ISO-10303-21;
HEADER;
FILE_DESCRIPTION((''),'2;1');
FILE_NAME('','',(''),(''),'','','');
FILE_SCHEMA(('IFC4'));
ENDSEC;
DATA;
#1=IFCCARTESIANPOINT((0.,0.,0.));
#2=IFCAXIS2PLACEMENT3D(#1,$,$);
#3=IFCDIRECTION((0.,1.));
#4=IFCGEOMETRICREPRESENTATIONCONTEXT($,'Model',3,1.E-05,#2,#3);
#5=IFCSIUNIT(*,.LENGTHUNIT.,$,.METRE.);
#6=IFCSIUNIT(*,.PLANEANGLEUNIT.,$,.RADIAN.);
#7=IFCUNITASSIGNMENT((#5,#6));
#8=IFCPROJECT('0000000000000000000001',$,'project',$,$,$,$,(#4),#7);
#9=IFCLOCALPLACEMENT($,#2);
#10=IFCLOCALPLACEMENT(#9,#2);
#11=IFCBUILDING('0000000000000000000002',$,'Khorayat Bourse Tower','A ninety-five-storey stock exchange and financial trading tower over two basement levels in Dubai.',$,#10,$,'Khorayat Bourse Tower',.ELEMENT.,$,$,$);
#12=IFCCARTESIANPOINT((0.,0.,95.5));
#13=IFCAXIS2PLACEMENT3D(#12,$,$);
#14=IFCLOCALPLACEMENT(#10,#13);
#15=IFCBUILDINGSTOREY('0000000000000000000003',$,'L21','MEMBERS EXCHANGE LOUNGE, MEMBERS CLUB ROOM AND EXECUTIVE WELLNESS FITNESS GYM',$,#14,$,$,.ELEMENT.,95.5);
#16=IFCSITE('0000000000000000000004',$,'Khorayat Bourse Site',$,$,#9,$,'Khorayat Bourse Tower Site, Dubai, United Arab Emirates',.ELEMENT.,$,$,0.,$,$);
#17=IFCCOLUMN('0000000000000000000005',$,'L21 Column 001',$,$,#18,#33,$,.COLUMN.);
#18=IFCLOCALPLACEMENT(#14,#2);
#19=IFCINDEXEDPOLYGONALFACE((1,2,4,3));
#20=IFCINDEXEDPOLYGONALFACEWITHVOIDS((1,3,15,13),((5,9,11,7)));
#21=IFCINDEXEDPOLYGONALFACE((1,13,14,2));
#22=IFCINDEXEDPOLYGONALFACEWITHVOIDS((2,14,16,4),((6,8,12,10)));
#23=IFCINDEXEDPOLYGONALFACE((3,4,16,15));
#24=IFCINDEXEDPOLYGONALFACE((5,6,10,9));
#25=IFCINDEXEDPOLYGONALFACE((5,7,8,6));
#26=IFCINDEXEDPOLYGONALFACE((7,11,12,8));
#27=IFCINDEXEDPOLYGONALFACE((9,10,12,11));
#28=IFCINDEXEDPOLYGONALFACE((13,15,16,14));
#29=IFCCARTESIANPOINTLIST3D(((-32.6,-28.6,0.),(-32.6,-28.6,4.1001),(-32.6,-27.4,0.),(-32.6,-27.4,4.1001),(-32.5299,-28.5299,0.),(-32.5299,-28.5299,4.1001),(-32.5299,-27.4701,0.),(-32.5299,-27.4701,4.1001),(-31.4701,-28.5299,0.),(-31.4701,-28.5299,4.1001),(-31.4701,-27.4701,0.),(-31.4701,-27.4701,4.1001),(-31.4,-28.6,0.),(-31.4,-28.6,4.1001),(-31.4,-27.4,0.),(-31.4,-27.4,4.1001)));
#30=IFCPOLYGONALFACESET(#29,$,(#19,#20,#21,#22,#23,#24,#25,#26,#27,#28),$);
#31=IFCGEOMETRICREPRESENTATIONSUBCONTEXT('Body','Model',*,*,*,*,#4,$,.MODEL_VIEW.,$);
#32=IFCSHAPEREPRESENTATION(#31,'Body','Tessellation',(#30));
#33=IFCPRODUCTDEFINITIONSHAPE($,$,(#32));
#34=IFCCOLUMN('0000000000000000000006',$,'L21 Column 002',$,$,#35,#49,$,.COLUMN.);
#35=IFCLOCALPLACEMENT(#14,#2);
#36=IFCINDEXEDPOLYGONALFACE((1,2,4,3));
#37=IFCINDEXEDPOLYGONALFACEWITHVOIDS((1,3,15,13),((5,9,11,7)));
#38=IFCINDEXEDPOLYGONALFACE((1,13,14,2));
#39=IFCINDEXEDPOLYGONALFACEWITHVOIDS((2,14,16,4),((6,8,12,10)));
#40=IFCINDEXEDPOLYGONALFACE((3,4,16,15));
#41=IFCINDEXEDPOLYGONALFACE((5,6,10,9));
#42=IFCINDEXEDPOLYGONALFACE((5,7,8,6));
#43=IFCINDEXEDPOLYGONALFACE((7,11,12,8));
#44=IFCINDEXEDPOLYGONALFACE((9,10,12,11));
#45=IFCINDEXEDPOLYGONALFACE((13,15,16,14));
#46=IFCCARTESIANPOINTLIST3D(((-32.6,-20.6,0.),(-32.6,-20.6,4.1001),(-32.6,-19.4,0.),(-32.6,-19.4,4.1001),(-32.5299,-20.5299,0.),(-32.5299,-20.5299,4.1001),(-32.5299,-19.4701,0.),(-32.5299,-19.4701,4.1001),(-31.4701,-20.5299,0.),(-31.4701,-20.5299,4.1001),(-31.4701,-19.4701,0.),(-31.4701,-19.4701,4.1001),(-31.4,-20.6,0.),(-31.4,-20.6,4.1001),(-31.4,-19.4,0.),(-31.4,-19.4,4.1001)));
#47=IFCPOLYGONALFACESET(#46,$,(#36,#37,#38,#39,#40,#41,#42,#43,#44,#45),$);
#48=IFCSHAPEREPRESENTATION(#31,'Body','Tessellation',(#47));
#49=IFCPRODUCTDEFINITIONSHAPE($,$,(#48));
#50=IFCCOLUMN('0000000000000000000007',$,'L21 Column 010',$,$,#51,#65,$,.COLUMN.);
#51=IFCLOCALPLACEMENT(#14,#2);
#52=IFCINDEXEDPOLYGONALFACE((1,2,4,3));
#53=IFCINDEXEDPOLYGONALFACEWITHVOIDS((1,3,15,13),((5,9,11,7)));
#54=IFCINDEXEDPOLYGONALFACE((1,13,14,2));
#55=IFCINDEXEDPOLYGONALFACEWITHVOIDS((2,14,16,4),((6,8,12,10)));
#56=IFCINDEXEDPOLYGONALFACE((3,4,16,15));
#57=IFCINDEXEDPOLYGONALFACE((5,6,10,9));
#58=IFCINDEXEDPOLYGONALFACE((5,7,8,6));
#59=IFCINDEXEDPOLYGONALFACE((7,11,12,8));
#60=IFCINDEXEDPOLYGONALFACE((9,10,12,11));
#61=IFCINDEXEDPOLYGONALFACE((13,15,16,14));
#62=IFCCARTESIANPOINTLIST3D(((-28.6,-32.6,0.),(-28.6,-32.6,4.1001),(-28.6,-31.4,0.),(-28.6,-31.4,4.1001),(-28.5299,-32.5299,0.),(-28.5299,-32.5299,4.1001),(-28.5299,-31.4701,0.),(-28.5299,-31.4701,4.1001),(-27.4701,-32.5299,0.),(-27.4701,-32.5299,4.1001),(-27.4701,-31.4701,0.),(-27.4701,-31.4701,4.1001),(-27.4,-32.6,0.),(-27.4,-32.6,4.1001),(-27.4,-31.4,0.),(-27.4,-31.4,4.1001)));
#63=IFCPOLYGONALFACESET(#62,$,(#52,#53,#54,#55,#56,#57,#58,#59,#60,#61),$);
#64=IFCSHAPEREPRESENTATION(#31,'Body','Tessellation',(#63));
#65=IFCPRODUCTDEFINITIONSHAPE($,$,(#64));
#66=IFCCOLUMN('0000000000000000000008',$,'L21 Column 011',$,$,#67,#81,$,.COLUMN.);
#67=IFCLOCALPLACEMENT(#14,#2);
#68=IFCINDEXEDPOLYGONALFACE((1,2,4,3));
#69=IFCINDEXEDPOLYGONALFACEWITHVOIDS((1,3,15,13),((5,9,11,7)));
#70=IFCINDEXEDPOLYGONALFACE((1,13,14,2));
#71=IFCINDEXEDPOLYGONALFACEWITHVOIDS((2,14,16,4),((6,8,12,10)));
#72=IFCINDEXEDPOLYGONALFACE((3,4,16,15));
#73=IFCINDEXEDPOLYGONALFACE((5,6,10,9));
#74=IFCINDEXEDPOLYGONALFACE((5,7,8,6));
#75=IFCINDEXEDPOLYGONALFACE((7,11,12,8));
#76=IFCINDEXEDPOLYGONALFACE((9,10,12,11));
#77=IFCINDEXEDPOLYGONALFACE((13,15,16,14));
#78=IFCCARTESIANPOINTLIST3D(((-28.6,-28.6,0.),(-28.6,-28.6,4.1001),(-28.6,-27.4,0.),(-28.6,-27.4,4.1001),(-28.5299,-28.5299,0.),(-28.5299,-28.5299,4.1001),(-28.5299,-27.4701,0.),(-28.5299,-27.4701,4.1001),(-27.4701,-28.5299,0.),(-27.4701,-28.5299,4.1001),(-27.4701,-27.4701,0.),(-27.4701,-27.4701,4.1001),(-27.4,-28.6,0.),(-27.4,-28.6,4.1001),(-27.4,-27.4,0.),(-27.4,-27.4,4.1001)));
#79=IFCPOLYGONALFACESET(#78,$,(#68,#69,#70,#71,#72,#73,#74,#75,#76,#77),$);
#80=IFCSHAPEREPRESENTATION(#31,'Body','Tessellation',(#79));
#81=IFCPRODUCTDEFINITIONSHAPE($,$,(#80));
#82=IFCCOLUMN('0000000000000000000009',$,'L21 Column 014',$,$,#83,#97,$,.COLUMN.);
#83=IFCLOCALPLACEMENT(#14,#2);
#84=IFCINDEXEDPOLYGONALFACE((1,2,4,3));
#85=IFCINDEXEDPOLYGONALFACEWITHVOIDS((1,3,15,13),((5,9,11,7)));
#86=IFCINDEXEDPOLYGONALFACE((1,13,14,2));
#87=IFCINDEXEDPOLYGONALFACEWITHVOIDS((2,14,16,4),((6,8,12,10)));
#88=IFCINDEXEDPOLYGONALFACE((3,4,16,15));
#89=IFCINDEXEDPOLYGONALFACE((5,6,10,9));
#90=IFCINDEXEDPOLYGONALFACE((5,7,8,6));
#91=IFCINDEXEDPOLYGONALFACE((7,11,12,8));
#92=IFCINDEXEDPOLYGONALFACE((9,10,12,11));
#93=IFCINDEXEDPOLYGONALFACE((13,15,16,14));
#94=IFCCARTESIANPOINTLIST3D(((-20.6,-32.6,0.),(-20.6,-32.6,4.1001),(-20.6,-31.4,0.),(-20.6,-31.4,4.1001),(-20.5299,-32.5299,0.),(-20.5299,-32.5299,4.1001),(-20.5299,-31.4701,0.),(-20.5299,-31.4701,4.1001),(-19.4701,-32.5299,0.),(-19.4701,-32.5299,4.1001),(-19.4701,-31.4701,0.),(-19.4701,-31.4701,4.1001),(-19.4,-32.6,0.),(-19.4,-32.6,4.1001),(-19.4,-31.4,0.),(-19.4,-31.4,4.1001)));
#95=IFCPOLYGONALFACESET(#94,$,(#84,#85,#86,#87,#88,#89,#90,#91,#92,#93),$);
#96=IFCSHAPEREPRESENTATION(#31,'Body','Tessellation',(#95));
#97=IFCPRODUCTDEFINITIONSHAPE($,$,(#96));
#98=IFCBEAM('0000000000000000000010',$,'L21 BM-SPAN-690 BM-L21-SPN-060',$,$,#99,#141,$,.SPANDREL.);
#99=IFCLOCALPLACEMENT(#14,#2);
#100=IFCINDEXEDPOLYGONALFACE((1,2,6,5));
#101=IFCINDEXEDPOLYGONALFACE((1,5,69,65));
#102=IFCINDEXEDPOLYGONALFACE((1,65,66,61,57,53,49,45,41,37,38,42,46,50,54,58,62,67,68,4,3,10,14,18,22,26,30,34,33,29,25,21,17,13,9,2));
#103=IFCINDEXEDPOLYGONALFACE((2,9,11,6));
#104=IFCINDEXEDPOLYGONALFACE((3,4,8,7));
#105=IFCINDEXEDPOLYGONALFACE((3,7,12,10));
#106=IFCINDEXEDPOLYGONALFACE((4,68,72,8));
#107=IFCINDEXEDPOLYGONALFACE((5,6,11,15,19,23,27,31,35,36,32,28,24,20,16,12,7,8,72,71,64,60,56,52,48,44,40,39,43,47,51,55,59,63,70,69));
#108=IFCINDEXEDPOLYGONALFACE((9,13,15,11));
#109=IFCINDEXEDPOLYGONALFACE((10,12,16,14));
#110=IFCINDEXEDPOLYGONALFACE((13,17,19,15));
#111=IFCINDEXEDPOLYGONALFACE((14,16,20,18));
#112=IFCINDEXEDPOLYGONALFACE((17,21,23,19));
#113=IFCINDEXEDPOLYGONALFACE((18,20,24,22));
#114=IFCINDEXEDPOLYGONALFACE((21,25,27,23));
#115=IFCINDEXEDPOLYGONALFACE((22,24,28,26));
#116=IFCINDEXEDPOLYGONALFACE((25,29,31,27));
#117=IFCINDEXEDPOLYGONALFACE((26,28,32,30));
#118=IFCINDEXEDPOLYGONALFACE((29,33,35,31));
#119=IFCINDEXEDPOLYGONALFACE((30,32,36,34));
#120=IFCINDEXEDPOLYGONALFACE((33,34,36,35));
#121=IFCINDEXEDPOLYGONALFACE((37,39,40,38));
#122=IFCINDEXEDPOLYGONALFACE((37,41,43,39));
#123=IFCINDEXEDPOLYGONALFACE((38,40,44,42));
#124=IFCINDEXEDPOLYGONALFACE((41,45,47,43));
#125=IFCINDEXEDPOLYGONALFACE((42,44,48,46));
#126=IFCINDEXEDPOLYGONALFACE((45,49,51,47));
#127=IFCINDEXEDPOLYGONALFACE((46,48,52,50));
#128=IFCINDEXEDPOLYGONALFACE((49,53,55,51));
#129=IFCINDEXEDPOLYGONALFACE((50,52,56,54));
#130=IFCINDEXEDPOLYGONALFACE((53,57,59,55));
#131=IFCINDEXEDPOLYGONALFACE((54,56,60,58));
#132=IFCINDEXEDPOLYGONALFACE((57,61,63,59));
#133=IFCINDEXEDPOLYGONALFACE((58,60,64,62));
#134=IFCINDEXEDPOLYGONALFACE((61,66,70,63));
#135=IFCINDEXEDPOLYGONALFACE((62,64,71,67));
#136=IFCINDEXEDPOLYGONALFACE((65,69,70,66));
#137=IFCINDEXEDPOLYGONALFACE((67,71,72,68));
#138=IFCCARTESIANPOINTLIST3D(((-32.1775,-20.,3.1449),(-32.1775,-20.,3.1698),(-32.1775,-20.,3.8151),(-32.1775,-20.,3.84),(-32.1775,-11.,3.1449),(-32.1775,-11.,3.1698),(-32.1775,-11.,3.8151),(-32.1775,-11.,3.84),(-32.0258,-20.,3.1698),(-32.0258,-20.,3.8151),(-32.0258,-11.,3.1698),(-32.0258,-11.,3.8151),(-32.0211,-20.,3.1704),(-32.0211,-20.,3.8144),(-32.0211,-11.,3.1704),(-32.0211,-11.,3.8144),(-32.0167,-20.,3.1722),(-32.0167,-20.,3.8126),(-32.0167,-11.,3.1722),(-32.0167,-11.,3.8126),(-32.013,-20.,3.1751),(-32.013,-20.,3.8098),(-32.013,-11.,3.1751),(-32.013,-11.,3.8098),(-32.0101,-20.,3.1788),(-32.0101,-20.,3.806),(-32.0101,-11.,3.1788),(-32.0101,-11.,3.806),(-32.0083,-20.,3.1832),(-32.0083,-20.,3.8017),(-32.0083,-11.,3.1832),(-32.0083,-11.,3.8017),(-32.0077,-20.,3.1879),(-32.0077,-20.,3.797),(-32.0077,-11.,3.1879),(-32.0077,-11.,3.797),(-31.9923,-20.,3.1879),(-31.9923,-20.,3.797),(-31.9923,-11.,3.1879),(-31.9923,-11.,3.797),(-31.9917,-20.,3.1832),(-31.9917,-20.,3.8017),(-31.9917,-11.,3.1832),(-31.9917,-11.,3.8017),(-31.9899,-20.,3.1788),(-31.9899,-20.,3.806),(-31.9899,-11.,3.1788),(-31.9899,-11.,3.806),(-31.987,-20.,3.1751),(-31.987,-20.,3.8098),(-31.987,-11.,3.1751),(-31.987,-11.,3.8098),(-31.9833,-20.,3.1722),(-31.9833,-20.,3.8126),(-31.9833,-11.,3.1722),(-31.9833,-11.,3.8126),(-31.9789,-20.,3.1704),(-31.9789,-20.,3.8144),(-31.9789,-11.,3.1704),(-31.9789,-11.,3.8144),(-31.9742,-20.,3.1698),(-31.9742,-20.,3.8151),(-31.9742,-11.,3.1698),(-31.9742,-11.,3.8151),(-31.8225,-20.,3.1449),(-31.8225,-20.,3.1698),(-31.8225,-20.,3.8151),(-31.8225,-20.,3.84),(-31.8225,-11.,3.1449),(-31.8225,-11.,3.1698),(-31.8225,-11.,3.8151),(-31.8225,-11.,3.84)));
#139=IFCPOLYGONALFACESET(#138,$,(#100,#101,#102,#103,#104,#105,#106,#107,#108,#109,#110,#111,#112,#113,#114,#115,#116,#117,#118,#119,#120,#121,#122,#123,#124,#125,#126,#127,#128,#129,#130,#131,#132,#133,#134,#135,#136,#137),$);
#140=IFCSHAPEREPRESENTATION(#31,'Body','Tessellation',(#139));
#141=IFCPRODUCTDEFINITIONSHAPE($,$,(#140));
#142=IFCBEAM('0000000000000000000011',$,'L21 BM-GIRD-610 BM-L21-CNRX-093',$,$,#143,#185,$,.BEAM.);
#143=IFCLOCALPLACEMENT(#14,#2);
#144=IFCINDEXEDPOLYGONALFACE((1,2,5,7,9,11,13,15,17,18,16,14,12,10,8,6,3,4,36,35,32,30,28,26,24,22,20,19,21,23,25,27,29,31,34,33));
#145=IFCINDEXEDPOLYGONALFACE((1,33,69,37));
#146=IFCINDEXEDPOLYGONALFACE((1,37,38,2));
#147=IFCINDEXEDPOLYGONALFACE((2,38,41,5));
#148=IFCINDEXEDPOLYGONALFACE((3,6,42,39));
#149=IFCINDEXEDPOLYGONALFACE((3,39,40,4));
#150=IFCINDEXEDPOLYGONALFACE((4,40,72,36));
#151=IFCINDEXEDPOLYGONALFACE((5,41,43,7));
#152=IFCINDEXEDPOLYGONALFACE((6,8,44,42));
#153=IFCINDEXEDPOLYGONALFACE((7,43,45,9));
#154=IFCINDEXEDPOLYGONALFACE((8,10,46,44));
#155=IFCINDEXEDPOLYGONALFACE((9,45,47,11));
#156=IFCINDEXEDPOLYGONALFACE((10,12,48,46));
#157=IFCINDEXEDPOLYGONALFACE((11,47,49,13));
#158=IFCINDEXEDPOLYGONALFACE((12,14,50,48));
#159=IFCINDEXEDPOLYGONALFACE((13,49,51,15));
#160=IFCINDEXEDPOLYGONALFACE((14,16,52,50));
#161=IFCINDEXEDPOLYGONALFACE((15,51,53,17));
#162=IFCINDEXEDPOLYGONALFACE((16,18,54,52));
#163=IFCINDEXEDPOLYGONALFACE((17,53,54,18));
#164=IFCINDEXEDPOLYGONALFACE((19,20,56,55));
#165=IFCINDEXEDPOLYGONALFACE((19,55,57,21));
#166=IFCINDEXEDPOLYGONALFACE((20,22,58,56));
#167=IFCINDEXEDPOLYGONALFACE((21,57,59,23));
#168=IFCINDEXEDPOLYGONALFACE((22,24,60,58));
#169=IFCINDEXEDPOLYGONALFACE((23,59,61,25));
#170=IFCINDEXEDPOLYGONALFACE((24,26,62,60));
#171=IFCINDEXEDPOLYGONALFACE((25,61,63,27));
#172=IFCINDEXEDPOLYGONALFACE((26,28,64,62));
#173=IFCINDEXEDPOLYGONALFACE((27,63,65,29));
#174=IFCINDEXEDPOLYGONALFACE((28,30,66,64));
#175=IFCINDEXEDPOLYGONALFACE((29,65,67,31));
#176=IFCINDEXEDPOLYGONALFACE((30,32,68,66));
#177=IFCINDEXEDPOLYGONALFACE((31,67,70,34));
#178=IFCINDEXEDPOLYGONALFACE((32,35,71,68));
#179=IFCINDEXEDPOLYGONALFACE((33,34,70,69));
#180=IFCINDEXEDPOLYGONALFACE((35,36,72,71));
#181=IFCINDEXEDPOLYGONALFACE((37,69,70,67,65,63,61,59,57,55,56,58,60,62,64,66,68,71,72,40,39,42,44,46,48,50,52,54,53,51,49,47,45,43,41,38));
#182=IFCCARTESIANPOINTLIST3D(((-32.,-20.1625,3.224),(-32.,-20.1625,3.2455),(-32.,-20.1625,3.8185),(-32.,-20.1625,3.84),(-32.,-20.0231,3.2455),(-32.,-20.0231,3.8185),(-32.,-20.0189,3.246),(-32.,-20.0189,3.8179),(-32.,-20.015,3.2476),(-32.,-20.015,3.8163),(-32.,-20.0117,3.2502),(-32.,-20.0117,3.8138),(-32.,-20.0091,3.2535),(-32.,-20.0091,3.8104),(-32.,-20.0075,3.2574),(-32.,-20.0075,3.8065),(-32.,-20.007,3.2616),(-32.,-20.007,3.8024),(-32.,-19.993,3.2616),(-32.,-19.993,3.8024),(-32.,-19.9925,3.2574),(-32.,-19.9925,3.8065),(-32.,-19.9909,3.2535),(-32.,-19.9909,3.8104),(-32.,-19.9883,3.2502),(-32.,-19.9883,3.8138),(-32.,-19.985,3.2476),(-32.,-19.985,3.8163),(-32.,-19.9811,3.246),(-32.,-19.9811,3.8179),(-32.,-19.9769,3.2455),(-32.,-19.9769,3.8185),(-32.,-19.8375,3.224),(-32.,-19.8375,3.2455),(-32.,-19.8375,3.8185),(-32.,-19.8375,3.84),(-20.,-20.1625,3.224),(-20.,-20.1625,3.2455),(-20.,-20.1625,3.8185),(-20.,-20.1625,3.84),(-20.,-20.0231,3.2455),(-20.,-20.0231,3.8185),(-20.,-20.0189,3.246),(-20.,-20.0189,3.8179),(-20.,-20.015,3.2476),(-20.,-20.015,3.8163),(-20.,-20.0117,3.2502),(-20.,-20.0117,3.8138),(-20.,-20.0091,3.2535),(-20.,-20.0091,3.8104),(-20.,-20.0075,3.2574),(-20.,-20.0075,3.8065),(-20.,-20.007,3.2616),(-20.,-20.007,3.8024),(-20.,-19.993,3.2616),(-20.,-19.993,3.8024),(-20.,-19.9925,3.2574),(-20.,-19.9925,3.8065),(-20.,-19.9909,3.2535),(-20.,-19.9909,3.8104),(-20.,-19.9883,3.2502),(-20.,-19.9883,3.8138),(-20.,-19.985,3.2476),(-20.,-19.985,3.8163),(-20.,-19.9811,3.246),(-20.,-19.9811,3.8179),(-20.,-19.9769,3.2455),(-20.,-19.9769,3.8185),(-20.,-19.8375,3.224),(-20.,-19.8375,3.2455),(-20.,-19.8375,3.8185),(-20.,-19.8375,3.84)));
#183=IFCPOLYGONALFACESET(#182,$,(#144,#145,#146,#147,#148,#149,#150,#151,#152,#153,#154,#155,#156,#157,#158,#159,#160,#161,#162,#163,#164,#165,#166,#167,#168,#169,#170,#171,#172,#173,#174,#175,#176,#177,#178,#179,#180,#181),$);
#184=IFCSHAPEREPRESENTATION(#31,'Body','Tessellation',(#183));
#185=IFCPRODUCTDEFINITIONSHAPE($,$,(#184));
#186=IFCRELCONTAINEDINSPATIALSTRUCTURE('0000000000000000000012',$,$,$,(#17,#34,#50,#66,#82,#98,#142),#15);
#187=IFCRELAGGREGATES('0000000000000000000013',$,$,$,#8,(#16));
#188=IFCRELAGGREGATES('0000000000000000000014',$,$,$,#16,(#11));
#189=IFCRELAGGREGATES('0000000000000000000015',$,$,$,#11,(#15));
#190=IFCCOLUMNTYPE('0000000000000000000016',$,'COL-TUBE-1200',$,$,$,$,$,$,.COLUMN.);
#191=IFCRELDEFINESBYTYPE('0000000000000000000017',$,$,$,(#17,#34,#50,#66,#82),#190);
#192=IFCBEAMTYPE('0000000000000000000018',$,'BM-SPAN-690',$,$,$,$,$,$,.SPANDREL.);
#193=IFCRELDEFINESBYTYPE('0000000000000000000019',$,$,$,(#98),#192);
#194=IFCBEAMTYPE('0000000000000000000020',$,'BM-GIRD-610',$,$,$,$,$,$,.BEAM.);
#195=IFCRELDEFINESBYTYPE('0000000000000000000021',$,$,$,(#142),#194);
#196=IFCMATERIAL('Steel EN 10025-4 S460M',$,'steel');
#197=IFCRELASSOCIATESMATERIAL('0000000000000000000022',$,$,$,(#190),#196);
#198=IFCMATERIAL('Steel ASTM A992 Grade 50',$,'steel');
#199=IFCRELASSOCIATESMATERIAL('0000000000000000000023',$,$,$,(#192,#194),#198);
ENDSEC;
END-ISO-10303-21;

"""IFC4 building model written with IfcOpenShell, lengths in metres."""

from ifc_helpers import new_model, si_unit, direction, frame, origin, origin_2d, place, context, subcontext, project, spatial, hollow_rectangle, i_section, extrude, source, transform, mapped, material, material_profile, profile_set, type_object, element, save


model = new_model("IFC4")

# Units and contexts
model_context = context("Model", 3, precision=1e-05, world=origin(), true_north=direction((0.0, 1.0)))
body_context = subcontext(model_context, "Body", "Model", "MODEL_VIEW")
ifc_project = project(units=[si_unit("LENGTHUNIT", "METRE"), si_unit("PLANEANGLEUNIT", "RADIAN")], contexts=[model_context])

# Site, building, storey
site_placement = place(None, origin())
site = spatial("IfcSite", under=ifc_project, at=site_placement, Name="Khorayat Bourse Site", LongName="Khorayat Bourse Tower Site, Dubai, United Arab Emirates", CompositionType="ELEMENT", RefElevation=0.0)
building_placement = place(site_placement, origin())
building = spatial("IfcBuilding", under=site, at=building_placement, Name="Khorayat Bourse Tower", Description="A ninety-five-storey stock exchange and financial trading tower over two basement levels in Dubai.", LongName="Khorayat Bourse Tower", CompositionType="ELEMENT")
storey_placement = place(building_placement, frame((0.0, 0.0, 95.5)))
storey = spatial("IfcBuildingStorey", under=building, at=storey_placement, Name="L21", Description="MEMBERS EXCHANGE LOUNGE, MEMBERS CLUB ROOM AND EXECUTIVE WELLNESS FITNESS GYM", CompositionType="ELEMENT", Elevation=95.5)

# Columns
ifc_material_1 = material(Name="Steel EN 10025-4 S460M", Category="steel")
ifc_material_profile_1 = material_profile(ifc_material_1, hollow_rectangle(XDim=1.2, YDim=1.2, WallThickness=0.0701, at=origin_2d()), Name="BOX 1200x1200x70")
ifc_profile_set_1 = profile_set([ifc_material_profile_1], Name="Steel EN 10025-4 S460M")
column_type = type_object("IfcColumnType", Name="COL-TUBE-1200", PredefinedType="COLUMN", material=ifc_profile_set_1)
shared_shape_1 = source(origin(), body_context, "Body", "SweptSolid", [
    extrude(hollow_rectangle(XDim=1.2, YDim=1.2, WallThickness=0.0701, at=origin_2d()), origin(), (0.0, 0.0, 1.0), 4.1001),
])
for number, where, z_axis, x_axis, name in (
    (1, (-32.0, -28.0, 0.0), (0.0, 0.0, 1.0), (1.0, 0.0, 0.0), "L21 Column 001"),
    (2, (-32.0, -20.0, 0.0), (0.0, 0.0, 1.0), (1.0, 0.0, 0.0), "L21 Column 002"),
    (3, (-28.0, -32.0, 0.0), (0.0, 0.0, 1.0), (1.0, 0.0, 0.0), "L21 Column 010"),
    (4, (-28.0, -28.0, 0.0), (0.0, 0.0, 1.0), (1.0, 0.0, 0.0), "L21 Column 011"),
    (5, (-20.0, -32.0, 0.0), (0.0, 0.0, 1.0), (1.0, 0.0, 0.0), "L21 Column 014"),
):
    element("IfcColumn", number, at=place(storey_placement, frame(where, z_axis=z_axis, x_axis=x_axis)), inside=storey, type_object=column_type, Name=name, PredefinedType="COLUMN", context=body_context, shape_type="MappedRepresentation", body=[
        mapped(shared_shape_1, transform((0.0, 0.0, 0.0), scale=1.0)),
    ])

# Beams
ifc_material_2 = material(Name="Steel ASTM A992 Grade 50", Category="steel")
ifc_material_profile_2 = material_profile(ifc_material_2, i_section(OverallWidth=0.355, OverallDepth=0.6951, WebThickness=0.0154, FlangeThickness=0.0249, FilletRadius=0.0181, at=origin_2d()), Name="W690X217")
ifc_profile_set_2 = profile_set([ifc_material_profile_2], Name="Steel ASTM A992 Grade 50")
beam_type_1 = type_object("IfcBeamType", Name="BM-SPAN-690", PredefinedType="SPANDREL", material=ifc_profile_set_2)
shared_shape_2 = source(origin(), body_context, "Body", "SweptSolid", [
    extrude(i_section(OverallWidth=0.355, OverallDepth=0.6951, WebThickness=0.0154, FlangeThickness=0.0249, FilletRadius=0.0181, at=origin_2d()), origin(), (0.0, 0.0, 1.0), 9.0),
])
beam_1_placement = place(storey_placement, frame((-32.0, -20.0, 3.4924), z_axis=(0.0, 1.0, 0.0), x_axis=(-1.0, 0.0, 0.0)))
element("IfcBeam", 6, at=beam_1_placement, inside=storey, type_object=beam_type_1, Name="L21 BM-SPAN-690 BM-L21-SPN-060", PredefinedType="SPANDREL", context=body_context, shape_type="MappedRepresentation", body=[
    mapped(shared_shape_2, transform((0.0, 0.0, 0.0), scale=1.0)),
])
ifc_material_profile_3 = material_profile(ifc_material_2, i_section(OverallWidth=0.325, OverallDepth=0.616, WebThickness=0.0139, FlangeThickness=0.0215, FilletRadius=0.0161, at=origin_2d()), Name="W610X174")
ifc_profile_set_3 = profile_set([ifc_material_profile_3], Name="Steel ASTM A992 Grade 50")
beam_type_2 = type_object("IfcBeamType", Name="BM-GIRD-610", PredefinedType="BEAM", material=ifc_profile_set_3)
shared_shape_3 = source(origin(), body_context, "Body", "SweptSolid", [
    extrude(i_section(OverallWidth=0.325, OverallDepth=0.616, WebThickness=0.0139, FlangeThickness=0.0215, FilletRadius=0.0161, at=origin_2d()), origin(), (0.0, 0.0, 1.0), 12.0),
])
beam_2_placement = place(storey_placement, frame((-32.0, -20.0, 3.532), z_axis=(1.0, 0.0, 0.0), x_axis=(0.0, 1.0, 0.0)))
element("IfcBeam", 7, at=beam_2_placement, inside=storey, type_object=beam_type_2, Name="L21 BM-GIRD-610 BM-L21-CNRX-093", PredefinedType="BEAM", context=body_context, shape_type="MappedRepresentation", body=[
    mapped(shared_shape_3, transform((0.0, 0.0, 0.0), scale=1.0)),
])

save(model, "model.ifc")
